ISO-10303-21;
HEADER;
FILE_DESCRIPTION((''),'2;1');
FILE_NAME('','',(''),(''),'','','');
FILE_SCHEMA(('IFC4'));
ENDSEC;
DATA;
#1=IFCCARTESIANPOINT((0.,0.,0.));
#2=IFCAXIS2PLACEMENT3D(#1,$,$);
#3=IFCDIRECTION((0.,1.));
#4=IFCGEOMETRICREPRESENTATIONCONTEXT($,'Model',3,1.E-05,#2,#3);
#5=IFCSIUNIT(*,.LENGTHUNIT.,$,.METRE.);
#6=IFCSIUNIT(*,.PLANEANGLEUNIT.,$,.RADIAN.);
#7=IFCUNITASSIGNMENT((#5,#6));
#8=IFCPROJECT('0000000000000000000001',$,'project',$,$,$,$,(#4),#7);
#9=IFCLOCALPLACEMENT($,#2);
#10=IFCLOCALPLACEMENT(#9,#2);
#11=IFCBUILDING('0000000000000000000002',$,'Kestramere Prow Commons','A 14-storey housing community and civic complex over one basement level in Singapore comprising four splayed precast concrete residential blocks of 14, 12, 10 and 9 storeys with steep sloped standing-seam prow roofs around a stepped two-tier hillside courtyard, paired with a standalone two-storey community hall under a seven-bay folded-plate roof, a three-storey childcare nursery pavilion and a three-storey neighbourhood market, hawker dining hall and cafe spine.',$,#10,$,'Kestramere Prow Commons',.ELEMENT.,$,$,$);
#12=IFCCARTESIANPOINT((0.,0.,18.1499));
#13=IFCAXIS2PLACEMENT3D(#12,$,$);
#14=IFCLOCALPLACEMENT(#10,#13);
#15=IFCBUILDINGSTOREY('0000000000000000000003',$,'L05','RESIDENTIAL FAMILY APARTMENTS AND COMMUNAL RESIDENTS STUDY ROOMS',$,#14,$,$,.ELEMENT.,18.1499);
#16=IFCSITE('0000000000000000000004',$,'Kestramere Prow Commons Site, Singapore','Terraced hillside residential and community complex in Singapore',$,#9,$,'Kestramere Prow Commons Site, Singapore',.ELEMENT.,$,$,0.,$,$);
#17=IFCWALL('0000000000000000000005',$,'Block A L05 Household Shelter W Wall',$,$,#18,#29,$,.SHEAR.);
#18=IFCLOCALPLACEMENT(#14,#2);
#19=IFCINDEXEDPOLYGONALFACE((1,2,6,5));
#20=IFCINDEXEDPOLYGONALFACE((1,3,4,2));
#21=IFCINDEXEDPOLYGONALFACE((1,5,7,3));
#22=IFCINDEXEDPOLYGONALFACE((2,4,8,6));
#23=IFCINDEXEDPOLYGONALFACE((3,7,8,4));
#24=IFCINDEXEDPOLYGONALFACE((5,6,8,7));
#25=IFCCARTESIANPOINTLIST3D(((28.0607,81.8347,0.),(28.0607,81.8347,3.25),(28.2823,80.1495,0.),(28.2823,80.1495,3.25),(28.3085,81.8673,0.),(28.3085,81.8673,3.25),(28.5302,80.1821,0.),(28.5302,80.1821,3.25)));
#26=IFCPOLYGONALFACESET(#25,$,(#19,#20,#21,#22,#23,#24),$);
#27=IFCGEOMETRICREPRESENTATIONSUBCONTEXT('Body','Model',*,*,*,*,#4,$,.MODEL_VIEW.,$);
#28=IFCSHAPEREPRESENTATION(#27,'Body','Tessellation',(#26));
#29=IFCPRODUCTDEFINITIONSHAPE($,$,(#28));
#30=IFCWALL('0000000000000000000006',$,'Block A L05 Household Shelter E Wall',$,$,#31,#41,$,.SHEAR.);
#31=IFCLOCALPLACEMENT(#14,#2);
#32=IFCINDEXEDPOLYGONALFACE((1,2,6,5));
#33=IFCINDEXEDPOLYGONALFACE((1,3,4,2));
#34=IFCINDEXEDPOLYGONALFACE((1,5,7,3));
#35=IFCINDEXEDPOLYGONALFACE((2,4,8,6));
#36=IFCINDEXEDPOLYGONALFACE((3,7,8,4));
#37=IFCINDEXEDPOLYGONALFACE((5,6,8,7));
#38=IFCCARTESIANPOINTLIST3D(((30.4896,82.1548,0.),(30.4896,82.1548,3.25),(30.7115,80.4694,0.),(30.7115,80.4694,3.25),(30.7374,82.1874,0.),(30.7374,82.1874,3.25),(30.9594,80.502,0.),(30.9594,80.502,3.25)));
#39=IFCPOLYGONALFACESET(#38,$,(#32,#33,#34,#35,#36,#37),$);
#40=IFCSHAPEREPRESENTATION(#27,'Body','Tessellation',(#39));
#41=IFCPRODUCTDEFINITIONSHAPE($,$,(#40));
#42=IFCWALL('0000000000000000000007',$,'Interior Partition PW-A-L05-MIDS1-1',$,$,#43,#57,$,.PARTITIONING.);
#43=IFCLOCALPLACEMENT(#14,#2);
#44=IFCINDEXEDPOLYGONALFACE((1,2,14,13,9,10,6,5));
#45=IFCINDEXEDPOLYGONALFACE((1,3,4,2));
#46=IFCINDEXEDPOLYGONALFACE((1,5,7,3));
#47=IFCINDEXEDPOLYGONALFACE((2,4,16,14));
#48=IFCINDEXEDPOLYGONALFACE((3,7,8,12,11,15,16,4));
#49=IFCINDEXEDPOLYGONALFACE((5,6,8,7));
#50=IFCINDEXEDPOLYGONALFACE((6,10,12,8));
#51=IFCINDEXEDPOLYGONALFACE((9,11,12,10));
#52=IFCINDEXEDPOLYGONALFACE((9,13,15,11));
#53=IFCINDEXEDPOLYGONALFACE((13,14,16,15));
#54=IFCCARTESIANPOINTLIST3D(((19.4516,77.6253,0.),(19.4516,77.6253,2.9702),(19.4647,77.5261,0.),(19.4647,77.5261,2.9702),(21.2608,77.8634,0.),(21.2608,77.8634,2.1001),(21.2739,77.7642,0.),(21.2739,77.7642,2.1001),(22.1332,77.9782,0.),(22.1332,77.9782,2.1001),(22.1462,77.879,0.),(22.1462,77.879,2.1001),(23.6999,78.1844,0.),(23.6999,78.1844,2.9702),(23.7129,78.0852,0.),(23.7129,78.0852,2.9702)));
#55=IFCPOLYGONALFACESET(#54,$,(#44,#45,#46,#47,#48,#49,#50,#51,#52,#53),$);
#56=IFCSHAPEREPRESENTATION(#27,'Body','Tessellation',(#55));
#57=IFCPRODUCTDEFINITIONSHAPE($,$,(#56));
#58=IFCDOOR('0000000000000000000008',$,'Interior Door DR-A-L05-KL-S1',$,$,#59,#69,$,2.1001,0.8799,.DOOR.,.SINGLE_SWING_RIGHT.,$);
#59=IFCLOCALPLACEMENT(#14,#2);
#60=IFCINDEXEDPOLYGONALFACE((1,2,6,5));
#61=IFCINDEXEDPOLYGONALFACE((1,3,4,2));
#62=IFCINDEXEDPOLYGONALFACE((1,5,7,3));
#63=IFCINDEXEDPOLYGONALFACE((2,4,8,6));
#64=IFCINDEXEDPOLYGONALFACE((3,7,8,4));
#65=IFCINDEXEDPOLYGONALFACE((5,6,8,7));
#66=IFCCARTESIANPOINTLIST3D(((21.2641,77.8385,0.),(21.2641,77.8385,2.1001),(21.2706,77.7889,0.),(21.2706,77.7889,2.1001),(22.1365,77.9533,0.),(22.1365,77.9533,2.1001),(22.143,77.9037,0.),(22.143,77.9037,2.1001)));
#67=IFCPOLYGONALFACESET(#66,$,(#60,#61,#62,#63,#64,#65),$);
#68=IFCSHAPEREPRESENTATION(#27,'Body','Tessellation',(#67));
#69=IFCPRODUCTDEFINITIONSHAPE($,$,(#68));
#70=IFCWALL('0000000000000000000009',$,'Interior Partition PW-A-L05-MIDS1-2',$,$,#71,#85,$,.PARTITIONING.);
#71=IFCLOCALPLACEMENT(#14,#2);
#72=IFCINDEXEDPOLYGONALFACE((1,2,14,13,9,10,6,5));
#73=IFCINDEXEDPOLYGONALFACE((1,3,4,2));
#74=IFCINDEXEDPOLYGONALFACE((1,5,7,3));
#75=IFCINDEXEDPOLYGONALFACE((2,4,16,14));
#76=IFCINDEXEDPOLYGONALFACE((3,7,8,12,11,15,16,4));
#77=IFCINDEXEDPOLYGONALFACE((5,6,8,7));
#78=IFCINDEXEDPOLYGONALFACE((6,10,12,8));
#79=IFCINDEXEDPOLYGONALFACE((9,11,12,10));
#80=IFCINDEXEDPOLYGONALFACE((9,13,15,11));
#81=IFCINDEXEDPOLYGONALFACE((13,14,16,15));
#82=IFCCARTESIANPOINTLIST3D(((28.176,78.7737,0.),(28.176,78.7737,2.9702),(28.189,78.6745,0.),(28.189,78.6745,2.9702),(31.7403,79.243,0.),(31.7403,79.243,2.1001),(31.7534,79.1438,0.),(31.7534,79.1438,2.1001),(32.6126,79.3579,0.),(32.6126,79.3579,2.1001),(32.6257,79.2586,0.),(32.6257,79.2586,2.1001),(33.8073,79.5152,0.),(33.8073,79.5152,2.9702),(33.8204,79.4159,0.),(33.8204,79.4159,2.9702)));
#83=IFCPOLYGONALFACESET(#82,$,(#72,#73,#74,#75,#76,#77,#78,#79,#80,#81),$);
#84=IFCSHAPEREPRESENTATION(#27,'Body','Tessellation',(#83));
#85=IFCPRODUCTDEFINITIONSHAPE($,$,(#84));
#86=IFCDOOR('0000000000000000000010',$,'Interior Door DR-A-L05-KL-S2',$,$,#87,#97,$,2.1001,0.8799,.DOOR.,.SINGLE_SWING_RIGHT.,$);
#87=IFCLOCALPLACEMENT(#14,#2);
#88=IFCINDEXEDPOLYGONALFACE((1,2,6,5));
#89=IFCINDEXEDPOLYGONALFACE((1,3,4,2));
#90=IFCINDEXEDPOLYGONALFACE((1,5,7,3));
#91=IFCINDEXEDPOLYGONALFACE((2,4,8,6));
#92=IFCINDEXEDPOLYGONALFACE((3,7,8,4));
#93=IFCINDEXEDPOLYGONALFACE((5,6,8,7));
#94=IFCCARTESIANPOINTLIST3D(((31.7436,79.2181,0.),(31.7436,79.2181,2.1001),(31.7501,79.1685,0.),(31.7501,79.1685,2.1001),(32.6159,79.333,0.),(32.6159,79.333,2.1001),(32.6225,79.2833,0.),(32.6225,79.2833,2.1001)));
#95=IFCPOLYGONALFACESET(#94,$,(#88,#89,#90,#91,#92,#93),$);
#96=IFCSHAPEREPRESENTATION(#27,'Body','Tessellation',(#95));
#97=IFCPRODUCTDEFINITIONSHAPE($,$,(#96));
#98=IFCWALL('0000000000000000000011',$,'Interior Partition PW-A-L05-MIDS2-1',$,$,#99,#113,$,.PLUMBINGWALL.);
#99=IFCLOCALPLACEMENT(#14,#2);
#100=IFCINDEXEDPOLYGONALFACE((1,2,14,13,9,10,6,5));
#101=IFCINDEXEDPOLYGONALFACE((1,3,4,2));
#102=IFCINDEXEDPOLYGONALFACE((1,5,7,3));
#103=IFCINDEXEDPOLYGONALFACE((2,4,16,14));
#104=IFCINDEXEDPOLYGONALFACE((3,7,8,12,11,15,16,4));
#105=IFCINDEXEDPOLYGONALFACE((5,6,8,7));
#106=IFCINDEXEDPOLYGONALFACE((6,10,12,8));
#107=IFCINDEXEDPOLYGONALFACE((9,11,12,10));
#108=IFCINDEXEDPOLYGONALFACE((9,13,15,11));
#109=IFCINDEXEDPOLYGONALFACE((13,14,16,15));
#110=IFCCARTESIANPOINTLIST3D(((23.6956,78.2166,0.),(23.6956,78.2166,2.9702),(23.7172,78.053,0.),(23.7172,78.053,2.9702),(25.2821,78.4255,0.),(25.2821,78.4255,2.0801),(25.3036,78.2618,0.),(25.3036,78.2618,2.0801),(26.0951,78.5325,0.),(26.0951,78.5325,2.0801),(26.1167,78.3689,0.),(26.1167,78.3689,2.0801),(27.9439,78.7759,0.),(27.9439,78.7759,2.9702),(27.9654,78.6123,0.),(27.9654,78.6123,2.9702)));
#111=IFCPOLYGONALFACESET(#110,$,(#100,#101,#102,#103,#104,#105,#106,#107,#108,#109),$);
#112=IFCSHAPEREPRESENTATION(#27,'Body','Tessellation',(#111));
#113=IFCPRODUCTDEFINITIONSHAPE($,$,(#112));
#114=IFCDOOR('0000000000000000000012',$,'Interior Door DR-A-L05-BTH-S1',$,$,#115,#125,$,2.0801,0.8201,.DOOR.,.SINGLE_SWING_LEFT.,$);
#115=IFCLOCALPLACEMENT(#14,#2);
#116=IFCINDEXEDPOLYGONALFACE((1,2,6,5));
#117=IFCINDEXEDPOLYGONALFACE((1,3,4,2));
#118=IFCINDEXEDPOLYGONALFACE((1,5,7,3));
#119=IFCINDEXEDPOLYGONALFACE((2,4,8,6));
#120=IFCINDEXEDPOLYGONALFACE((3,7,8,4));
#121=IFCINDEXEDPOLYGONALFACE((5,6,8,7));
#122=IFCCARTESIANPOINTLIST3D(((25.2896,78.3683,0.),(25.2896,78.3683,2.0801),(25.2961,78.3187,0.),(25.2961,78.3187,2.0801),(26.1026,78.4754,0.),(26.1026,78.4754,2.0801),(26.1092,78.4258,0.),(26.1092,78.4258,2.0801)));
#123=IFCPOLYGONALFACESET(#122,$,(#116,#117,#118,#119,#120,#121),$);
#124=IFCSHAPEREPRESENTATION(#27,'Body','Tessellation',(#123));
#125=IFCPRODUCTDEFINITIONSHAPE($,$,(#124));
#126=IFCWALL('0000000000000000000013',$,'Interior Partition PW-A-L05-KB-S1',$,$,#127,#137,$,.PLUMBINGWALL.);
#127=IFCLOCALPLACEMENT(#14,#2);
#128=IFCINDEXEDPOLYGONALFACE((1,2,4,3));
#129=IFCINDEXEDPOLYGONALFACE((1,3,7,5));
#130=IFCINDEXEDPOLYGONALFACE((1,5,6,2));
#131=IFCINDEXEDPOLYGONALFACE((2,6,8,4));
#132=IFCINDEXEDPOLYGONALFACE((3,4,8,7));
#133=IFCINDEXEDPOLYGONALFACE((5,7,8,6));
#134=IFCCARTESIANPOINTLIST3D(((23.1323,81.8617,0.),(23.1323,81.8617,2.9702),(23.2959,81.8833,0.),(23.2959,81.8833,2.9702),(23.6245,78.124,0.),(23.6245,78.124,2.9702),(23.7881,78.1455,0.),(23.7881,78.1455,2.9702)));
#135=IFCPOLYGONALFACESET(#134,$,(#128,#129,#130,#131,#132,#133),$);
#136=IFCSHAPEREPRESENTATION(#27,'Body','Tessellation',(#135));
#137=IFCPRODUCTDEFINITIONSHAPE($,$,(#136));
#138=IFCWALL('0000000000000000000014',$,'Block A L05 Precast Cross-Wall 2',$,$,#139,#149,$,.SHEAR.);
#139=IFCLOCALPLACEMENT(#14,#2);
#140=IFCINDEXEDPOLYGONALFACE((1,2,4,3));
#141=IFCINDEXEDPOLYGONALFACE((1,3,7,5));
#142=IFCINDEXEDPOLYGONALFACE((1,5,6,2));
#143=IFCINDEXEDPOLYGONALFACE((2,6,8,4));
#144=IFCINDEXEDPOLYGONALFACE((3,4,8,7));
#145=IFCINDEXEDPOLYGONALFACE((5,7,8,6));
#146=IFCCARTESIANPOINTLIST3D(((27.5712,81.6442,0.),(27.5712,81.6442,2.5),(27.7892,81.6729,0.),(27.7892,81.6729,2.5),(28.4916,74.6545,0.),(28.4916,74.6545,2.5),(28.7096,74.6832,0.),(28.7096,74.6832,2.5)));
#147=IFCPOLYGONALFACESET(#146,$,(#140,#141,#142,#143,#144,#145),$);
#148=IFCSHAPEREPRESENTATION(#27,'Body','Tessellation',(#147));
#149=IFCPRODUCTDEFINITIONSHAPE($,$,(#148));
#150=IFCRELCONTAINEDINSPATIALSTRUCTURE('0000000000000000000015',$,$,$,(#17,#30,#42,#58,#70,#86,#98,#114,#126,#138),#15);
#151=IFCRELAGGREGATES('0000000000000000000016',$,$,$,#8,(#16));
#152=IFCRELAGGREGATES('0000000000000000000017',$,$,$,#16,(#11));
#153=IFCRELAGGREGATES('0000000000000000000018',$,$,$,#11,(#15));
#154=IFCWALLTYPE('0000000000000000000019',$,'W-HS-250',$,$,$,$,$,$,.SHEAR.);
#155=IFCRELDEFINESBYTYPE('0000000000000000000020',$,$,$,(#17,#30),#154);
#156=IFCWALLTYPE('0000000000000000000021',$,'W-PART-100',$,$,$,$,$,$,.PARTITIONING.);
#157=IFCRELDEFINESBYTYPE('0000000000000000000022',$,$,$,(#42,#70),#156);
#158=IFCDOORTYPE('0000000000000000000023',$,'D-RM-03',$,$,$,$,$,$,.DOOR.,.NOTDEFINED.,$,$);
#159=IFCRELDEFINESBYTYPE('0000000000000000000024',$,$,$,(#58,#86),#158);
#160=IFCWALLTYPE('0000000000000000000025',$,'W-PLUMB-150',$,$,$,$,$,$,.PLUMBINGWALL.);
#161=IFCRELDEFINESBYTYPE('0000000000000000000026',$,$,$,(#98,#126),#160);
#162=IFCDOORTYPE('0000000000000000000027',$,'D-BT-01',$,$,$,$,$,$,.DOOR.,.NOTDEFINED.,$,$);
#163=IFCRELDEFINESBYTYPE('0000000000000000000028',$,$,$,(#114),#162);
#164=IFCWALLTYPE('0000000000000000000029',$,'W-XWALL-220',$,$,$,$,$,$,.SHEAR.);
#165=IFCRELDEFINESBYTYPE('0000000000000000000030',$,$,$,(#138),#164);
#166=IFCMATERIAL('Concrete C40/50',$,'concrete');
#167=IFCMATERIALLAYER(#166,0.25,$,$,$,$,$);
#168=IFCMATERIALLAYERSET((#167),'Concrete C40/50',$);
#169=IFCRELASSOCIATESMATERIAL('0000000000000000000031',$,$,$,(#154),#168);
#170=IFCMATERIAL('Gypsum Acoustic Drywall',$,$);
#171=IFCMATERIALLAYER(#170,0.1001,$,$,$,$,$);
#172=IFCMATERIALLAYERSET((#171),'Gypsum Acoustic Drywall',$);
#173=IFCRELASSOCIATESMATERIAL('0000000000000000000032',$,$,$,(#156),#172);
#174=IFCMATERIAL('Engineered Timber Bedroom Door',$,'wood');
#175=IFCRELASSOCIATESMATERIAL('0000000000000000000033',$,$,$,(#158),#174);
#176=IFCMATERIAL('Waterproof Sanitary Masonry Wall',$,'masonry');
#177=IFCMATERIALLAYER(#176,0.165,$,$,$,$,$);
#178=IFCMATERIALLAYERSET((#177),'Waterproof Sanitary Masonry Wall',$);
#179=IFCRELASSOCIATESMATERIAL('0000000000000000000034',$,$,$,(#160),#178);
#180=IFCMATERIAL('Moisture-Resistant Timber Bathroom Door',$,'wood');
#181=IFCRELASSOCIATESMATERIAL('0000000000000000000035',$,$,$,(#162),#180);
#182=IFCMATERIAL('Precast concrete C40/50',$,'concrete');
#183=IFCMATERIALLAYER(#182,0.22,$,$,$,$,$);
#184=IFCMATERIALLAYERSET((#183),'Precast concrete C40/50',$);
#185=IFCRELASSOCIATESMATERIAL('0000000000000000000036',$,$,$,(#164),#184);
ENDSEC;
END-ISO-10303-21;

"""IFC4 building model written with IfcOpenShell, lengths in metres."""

from ifc_helpers import new_model, si_unit, direction, frame, frame_2d, origin, place, context, subcontext, project, spatial, rectangle, extrude, material, layer, layer_set, type_object, element, fill, save


model = new_model("IFC4")

# Units and contexts
model_context = context("Model", 3, precision=1e-05, world=origin(), true_north=direction((0.0, 1.0)))
body_context = subcontext(model_context, "Body", "Model", "MODEL_VIEW")
ifc_project = project(units=[si_unit("LENGTHUNIT", "METRE"), si_unit("PLANEANGLEUNIT", "RADIAN")], contexts=[model_context])

# Site, building, storey
site_placement = place(None, origin())
site = spatial("IfcSite", under=ifc_project, at=site_placement, Name="Kestramere Prow Commons Site, Singapore", Description="Terraced hillside residential and community complex in Singapore", LongName="Kestramere Prow Commons Site, Singapore", CompositionType="ELEMENT", RefElevation=0.0)
building_placement = place(site_placement, origin())
building = spatial("IfcBuilding", under=site, at=building_placement, Name="Kestramere Prow Commons", Description="A 14-storey housing community and civic complex over one basement level in Singapore comprising four splayed precast concrete residential blocks of 14, 12, 10 and 9 storeys with steep sloped standing-seam prow roofs around a stepped two-tier hillside courtyard, paired with a standalone two-storey community hall under a seven-bay folded-plate roof, a three-storey childcare nursery pavilion and a three-storey neighbourhood market, hawker dining hall and cafe spine.", LongName="Kestramere Prow Commons", CompositionType="ELEMENT")
storey_placement = place(building_placement, frame((0.0, 0.0, 18.1499)))
storey = spatial("IfcBuildingStorey", under=building, at=storey_placement, Name="L05", Description="RESIDENTIAL FAMILY APARTMENTS AND COMMUNAL RESIDENTS STUDY ROOMS", CompositionType="ELEMENT", Elevation=18.1499)

# Shared definitions
ifc_material_1 = material(Name="Precast concrete C40/50", Category="concrete")

# Shared definitions
ifc_material_2 = material(Name="Concrete C40/50", Category="concrete")
ifc_layer_1 = layer(ifc_material_2, 0.25)
ifc_layer_set_1 = layer_set([ifc_layer_1], Name="Concrete C40/50")
wall_type_1 = type_object("IfcWallType", Name="W-HS-250", PredefinedType="SHEAR", material=ifc_layer_set_1)

# Walls
wall_1_placement = place(storey_placement, frame((28.4062, 80.1658, 0.0), z_axis=(0.0, 0.0, 1.0), x_axis=(-0.130414, 0.99146, 0.0)))
element("IfcWall", 1, at=wall_1_placement, inside=storey, type_object=wall_type_1, Name="Block A L05 Household Shelter W Wall", PredefinedType="SHEAR", context=body_context, shape_type="SweptSolid", body=[
    extrude(rectangle(XDim=1.6997, YDim=0.25, at=frame_2d((0.8499, 0.0))), origin(), (0.0, 0.0, 1.0), 3.25),
])
wall_2_placement = place(storey_placement, frame((30.8354, 80.4856, 0.0), z_axis=(0.0, 0.0, 1.0), x_axis=(-0.130555, 0.991441, 0.0)))
element("IfcWall", 2, at=wall_2_placement, inside=storey, type_object=wall_type_1, Name="Block A L05 Household Shelter E Wall", PredefinedType="SHEAR", context=body_context, shape_type="SweptSolid", body=[
    extrude(rectangle(XDim=1.7, YDim=0.25, at=frame_2d((0.8501, 0.0))), origin(), (0.0, 0.0, 1.0), 3.25),
])

# Walls, openings, doors
ifc_material_3 = material(Name="Gypsum Acoustic Drywall")
ifc_layer_2 = layer(ifc_material_3, 0.1001)
ifc_layer_set_2 = layer_set([ifc_layer_2], Name="Gypsum Acoustic Drywall")
wall_type_2 = type_object("IfcWallType", Name="W-PART-100", PredefinedType="PARTITIONING", material=ifc_layer_set_2)
wall_3_placement = place(storey_placement, frame((19.458, 77.5757, 0.0), z_axis=(0.0, 0.0, 1.0), x_axis=(0.991451, 0.130477, 0.0)))
wall_3 = element("IfcWall", 3, at=wall_3_placement, inside=storey, type_object=wall_type_2, Name="Interior Partition PW-A-L05-MIDS1-1", PredefinedType="PARTITIONING", context=body_context, shape_type="SweptSolid", body=[
    extrude(rectangle(XDim=4.2849, YDim=0.1001, at=frame_2d((2.1426, 0.0))), origin(), (0.0, 0.0, 1.0), 2.9702),
])
opening_1_placement = place(wall_3_placement, frame((1.825, 0.0, 0.0)))
opening_1 = element("IfcOpeningElement", 4, at=opening_1_placement, cuts=wall_3, PredefinedType="OPENING", context=body_context, shape_type="SweptSolid", body=[
    extrude(rectangle(XDim=0.8799, YDim=2.1001, at=frame_2d((0.4399, 1.05))), frame((0.0, 0.0649, 0.0), z_axis=(0.0, -1.0, 0.0), x_axis=(1.0, 0.0, 0.0)), (0.0, 0.0, 1.0), 0.1301),
])
ifc_material_4 = material(Name="Engineered Timber Bedroom Door", Category="wood")
door_type_1 = type_object("IfcDoorType", Name="D-RM-03", OperationType="NOTDEFINED", PredefinedType="DOOR", material=ifc_material_4)
door_1_placement = place(opening_1_placement, origin())
door_1 = element("IfcDoor", 5, at=door_1_placement, inside=storey, type_object=door_type_1, Name="Interior Door DR-A-L05-KL-S1", OperationType="SINGLE_SWING_RIGHT", OverallHeight=2.1001, OverallWidth=0.8799, PredefinedType="DOOR", context=body_context, shape_type="SweptSolid", body=[
    extrude(rectangle(XDim=0.8799, YDim=2.1001, at=frame_2d((0.4399, 1.05))), frame((0.0, 0.0249, 0.0), z_axis=(0.0, -1.0, 0.0), x_axis=(1.0, 0.0, 0.0)), (0.0, 0.0, 1.0), 0.05),
])
fill(opening_1, door_1)
wall_4_placement = place(storey_placement, frame((28.1826, 78.7241, 0.0), z_axis=(0.0, 0.0, 1.0), x_axis=(0.991443, 0.130539, 0.0)))
wall_4 = element("IfcWall", 6, at=wall_4_placement, inside=storey, type_object=wall_type_2, Name="Interior Partition PW-A-L05-MIDS1-2", PredefinedType="PARTITIONING", context=body_context, shape_type="SweptSolid", body=[
    extrude(rectangle(XDim=5.6799, YDim=0.1001, at=frame_2d((2.8398, 0.0))), origin(), (0.0, 0.0, 1.0), 2.9702),
])
opening_2_placement = place(wall_4_placement, frame((3.595, 0.0, 0.0)))
opening_2 = element("IfcOpeningElement", 7, at=opening_2_placement, cuts=wall_4, PredefinedType="OPENING", context=body_context, shape_type="SweptSolid", body=[
    extrude(rectangle(XDim=0.8799, YDim=2.1001, at=frame_2d((0.4399, 1.05))), frame((0.0, 0.0649, 0.0), z_axis=(0.0, -1.0, 0.0), x_axis=(1.0, 0.0, 0.0)), (0.0, 0.0, 1.0), 0.1301),
])
door_2_placement = place(opening_2_placement, origin())
door_2 = element("IfcDoor", 8, at=door_2_placement, inside=storey, type_object=door_type_1, Name="Interior Door DR-A-L05-KL-S2", OperationType="SINGLE_SWING_RIGHT", OverallHeight=2.1001, OverallWidth=0.8799, PredefinedType="DOOR", context=body_context, shape_type="SweptSolid", body=[
    extrude(rectangle(XDim=0.8799, YDim=2.1001, at=frame_2d((0.4399, 1.05))), frame((0.0, 0.0249, 0.0), z_axis=(0.0, -1.0, 0.0), x_axis=(1.0, 0.0, 0.0)), (0.0, 0.0, 1.0), 0.05),
])
fill(opening_2, door_2)
ifc_material_5 = material(Name="Waterproof Sanitary Masonry Wall", Category="masonry")
ifc_layer_3 = layer(ifc_material_5, 0.165)
ifc_layer_set_3 = layer_set([ifc_layer_3], Name="Waterproof Sanitary Masonry Wall")
wall_type_3 = type_object("IfcWallType", Name="W-PLUMB-150", PredefinedType="PLUMBINGWALL", material=ifc_layer_set_3)
wall_5_placement = place(storey_placement, frame((23.7063, 78.1348, 0.0), z_axis=(0.0, 0.0, 1.0), x_axis=(0.991444, 0.130533, 0.0)))
wall_5 = element("IfcWall", 9, at=wall_5_placement, inside=storey, type_object=wall_type_3, Name="Interior Partition PW-A-L05-MIDS2-1", PredefinedType="PLUMBINGWALL", context=body_context, shape_type="SweptSolid", body=[
    extrude(rectangle(XDim=4.2849, YDim=0.165, at=frame_2d((2.1426, 0.0))), origin(), (0.0, 0.0, 1.0), 2.9702),
])
opening_3_placement = place(wall_5_placement, frame((1.6001, 0.0, 0.0)))
opening_3 = element("IfcOpeningElement", 10, at=opening_3_placement, cuts=wall_5, PredefinedType="OPENING", context=body_context, shape_type="SweptSolid", body=[
    extrude(rectangle(XDim=0.8201, YDim=2.0801, at=frame_2d((0.4102, 1.04))), frame((0.0, 0.0974, 0.0), z_axis=(0.0, -1.0, 0.0), x_axis=(1.0, 0.0, 0.0)), (0.0, 0.0, 1.0), 0.1951),
])
ifc_material_6 = material(Name="Moisture-Resistant Timber Bathroom Door", Category="wood")
door_type_2 = type_object("IfcDoorType", Name="D-BT-01", OperationType="NOTDEFINED", PredefinedType="DOOR", material=ifc_material_6)
door_3_placement = place(opening_3_placement, origin())
door_3 = element("IfcDoor", 11, at=door_3_placement, inside=storey, type_object=door_type_2, Name="Interior Door DR-A-L05-BTH-S1", OperationType="SINGLE_SWING_LEFT", OverallHeight=2.0801, OverallWidth=0.8201, PredefinedType="DOOR", context=body_context, shape_type="SweptSolid", body=[
    extrude(rectangle(XDim=0.8201, YDim=2.0801, at=frame_2d((0.4102, 1.04))), frame((0.0, 0.0249, 0.0), z_axis=(0.0, -1.0, 0.0), x_axis=(1.0, 0.0, 0.0)), (0.0, 0.0, 1.0), 0.05),
])
fill(opening_3, door_3)

# Walls
wall_6_placement = place(storey_placement, frame((23.7063, 78.1348, 0.0), z_axis=(0.0, 0.0, 1.0), x_axis=(-0.130552, 0.991442, 0.0)))
element("IfcWall", 12, at=wall_6_placement, inside=storey, type_object=wall_type_3, Name="Interior Partition PW-A-L05-KB-S1", PredefinedType="PLUMBINGWALL", context=body_context, shape_type="SweptSolid", body=[
    extrude(rectangle(XDim=3.77, YDim=0.165, at=frame_2d((1.885, 0.0))), origin(), (0.0, 0.0, 1.0), 2.9702),
])
ifc_layer_4 = layer(ifc_material_1, 0.22)
ifc_layer_set_4 = layer_set([ifc_layer_4], Name="Precast concrete C40/50")
wall_type_4 = type_object("IfcWallType", Name="W-XWALL-220", PredefinedType="SHEAR", material=ifc_layer_set_4)
wall_7_placement = place(storey_placement, frame((28.6006, 74.6689, 0.0), z_axis=(0.0, 0.0, 1.0), x_axis=(-0.130553, 0.991441, 0.0)))
element("IfcWall", 13, at=wall_7_placement, inside=storey, type_object=wall_type_4, Name="Block A L05 Precast Cross-Wall 2", PredefinedType="SHEAR", context=body_context, shape_type="SweptSolid", body=[
    extrude(rectangle(XDim=7.05, YDim=0.22, at=frame_2d((3.5249, 0.0))), origin(), (0.0, 0.0, 1.0), 2.5),
])

save(model, "model.ifc")
